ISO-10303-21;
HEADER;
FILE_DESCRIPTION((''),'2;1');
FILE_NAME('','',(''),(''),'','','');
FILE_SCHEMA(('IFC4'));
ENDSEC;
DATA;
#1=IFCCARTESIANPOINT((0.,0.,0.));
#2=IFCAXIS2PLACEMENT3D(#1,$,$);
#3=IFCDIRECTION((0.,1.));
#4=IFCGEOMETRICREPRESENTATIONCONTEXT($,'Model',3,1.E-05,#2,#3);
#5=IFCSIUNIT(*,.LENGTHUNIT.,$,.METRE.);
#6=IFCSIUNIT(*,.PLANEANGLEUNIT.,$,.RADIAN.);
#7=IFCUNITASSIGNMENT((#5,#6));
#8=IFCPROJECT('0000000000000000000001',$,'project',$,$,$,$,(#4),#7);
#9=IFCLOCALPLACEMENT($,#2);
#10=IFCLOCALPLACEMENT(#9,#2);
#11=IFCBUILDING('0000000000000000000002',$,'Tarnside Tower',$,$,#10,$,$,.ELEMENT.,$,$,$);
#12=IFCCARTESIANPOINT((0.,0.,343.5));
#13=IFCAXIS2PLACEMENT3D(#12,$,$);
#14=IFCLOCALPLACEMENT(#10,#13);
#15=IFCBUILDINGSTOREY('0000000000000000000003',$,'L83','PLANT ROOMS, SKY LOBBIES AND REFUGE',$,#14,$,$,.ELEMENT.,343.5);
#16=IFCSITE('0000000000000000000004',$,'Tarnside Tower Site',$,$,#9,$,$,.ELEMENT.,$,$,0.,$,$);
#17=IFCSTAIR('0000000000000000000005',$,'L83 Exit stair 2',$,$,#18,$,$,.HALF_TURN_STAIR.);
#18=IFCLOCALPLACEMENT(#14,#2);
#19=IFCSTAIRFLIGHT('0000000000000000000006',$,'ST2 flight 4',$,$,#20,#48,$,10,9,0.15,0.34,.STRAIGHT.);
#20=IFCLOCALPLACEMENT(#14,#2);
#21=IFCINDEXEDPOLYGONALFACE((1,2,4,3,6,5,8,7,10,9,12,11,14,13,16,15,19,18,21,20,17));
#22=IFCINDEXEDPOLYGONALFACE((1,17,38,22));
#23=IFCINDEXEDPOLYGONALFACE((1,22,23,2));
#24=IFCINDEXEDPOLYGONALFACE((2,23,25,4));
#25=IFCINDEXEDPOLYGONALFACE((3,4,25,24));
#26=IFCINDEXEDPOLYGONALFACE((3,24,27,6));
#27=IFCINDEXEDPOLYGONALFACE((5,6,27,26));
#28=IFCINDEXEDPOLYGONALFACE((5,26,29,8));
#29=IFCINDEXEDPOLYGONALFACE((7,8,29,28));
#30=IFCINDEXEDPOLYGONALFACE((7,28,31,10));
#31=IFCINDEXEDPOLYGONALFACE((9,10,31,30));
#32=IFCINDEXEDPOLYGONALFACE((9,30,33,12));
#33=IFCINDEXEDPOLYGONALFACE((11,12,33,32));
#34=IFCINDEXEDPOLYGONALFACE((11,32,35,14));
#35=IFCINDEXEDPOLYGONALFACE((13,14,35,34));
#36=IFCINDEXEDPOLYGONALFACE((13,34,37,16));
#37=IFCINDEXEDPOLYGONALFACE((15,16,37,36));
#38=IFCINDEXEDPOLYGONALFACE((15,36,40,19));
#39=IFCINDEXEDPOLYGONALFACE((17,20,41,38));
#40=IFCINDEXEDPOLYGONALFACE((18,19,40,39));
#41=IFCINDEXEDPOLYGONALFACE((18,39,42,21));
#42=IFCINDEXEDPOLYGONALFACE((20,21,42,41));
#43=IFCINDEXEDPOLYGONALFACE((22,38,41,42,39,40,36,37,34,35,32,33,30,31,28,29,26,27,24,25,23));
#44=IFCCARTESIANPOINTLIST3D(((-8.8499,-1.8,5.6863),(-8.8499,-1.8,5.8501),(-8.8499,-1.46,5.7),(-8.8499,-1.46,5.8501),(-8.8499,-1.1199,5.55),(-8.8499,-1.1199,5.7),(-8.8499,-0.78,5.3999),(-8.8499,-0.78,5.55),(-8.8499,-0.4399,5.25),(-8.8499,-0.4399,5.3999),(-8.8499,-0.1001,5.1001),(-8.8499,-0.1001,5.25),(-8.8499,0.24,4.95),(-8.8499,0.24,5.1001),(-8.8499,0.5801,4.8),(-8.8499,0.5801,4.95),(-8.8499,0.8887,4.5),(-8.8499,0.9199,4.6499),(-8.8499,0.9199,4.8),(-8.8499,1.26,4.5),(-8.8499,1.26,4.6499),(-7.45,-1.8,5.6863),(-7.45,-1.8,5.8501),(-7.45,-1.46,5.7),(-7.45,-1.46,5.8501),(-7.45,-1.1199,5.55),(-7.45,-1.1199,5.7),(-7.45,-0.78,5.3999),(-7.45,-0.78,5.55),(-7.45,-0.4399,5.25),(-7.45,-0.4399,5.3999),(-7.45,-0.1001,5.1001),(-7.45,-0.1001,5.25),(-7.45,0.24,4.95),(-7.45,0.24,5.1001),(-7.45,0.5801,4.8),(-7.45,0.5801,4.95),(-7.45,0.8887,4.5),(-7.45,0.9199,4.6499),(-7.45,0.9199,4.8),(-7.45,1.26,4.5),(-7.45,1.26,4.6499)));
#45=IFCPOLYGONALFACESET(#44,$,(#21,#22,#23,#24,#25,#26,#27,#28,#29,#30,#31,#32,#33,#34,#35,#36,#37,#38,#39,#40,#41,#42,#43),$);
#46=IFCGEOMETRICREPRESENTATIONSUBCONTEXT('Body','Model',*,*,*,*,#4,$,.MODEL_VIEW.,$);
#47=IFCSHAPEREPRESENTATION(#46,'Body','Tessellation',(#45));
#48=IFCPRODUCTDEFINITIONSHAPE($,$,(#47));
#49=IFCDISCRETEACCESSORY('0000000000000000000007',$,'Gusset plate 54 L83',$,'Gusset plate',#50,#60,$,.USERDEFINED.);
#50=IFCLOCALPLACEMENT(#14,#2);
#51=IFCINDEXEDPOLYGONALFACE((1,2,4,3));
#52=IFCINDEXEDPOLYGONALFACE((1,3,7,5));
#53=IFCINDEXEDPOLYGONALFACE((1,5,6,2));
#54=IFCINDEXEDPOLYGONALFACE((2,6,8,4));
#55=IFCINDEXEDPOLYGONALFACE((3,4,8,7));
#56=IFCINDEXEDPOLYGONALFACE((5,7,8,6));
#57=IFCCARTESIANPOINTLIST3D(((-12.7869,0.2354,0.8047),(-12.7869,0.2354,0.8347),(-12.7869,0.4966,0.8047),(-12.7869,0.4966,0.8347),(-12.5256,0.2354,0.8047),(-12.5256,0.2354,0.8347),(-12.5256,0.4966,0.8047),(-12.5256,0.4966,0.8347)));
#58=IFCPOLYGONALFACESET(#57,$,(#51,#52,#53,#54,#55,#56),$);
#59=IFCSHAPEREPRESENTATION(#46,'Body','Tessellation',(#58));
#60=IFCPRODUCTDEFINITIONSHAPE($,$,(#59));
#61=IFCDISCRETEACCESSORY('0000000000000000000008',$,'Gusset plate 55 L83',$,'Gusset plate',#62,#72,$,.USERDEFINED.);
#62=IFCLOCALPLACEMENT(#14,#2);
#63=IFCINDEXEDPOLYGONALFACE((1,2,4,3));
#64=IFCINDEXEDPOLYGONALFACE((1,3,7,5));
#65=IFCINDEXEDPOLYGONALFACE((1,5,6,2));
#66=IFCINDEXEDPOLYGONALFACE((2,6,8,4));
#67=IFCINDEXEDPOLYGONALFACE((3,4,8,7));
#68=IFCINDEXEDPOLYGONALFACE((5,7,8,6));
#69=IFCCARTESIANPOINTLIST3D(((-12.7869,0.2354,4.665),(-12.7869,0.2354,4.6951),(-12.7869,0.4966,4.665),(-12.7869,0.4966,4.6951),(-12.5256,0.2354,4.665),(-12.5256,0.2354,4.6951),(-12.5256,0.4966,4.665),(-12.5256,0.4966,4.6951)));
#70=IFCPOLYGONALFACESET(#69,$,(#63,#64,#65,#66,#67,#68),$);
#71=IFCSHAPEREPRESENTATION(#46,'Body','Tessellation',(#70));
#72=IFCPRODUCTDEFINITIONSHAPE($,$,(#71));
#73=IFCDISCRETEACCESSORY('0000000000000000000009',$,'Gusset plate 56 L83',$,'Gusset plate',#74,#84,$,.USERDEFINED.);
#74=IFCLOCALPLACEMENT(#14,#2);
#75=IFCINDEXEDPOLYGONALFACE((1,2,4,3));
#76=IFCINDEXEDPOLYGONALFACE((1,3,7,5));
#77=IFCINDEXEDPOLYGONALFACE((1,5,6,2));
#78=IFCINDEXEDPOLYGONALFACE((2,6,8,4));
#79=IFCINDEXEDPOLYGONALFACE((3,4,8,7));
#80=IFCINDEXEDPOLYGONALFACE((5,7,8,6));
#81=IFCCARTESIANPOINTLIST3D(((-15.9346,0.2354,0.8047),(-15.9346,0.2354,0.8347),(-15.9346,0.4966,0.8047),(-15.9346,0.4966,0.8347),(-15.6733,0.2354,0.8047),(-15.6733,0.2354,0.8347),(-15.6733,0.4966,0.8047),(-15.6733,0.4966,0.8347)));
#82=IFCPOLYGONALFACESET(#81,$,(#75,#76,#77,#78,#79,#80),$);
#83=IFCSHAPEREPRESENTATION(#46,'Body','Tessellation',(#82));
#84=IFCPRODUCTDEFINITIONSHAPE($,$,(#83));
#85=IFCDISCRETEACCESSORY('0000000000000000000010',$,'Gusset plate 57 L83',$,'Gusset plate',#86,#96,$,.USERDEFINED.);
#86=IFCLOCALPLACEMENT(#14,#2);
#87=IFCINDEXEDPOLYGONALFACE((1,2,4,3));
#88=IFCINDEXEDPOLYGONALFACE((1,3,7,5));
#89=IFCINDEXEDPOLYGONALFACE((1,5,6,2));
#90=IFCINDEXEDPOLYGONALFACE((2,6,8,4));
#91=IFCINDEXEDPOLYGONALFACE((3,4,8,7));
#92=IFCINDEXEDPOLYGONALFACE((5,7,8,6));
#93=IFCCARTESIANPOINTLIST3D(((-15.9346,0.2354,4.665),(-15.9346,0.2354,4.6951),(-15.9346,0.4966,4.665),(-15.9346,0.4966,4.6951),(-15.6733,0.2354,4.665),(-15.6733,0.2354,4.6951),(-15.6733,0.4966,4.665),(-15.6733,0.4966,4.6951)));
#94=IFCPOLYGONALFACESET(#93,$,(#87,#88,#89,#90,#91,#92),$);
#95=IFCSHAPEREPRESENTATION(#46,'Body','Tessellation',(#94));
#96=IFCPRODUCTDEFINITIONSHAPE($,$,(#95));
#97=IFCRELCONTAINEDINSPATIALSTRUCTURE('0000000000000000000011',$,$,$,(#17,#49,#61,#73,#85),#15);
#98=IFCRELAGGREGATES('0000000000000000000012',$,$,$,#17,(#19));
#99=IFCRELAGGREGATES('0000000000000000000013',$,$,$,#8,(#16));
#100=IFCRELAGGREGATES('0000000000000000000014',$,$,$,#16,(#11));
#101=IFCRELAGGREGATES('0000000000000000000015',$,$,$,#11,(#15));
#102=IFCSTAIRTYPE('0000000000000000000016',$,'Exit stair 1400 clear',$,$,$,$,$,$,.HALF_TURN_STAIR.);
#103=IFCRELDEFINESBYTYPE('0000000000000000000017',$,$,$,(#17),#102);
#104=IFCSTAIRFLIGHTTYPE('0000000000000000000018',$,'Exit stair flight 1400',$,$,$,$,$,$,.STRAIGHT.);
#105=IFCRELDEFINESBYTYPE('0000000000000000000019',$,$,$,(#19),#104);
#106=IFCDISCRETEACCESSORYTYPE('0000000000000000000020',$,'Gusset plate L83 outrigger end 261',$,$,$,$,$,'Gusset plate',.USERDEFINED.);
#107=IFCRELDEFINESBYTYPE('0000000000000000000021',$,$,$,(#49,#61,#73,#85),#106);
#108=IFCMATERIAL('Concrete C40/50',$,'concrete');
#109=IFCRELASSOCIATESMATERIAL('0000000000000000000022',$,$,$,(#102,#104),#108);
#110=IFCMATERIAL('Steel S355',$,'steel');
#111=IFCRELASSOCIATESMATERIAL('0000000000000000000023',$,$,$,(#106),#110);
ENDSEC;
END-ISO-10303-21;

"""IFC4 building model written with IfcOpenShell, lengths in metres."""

from ifc_helpers import new_model, si_unit, direction, frame, origin, origin_2d, place, context, subcontext, project, spatial, polyline, rectangle, outline, extrude, material, type_object, element, aggregate, save


model = new_model("IFC4")

# Units and contexts
model_context = context("Model", 3, precision=1e-05, world=origin(), true_north=direction((0.0, 1.0)))
body_context = subcontext(model_context, "Body", "Model", "MODEL_VIEW")
ifc_project = project(units=[si_unit("LENGTHUNIT", "METRE"), si_unit("PLANEANGLEUNIT", "RADIAN")], contexts=[model_context])

# Site, building, storey
site_placement = place(None, origin())
site = spatial("IfcSite", under=ifc_project, at=site_placement, Name="Tarnside Tower Site", CompositionType="ELEMENT", RefElevation=0.0)
building_placement = place(site_placement, origin())
building = spatial("IfcBuilding", under=site, at=building_placement, Name="Tarnside Tower", CompositionType="ELEMENT")
storey_placement = place(building_placement, frame((0.0, 0.0, 343.5)))
storey = spatial("IfcBuildingStorey", under=building, at=storey_placement, Name="L83", Description="PLANT ROOMS, SKY LOBBIES AND REFUGE", CompositionType="ELEMENT", Elevation=343.5)

# Shared definitions
ifc_material_1 = material(Name="Steel S355", Category="steel")

# Shared definitions
ifc_material_2 = material(Name="Concrete C40/50", Category="concrete")

# Stair, stair flight
stair_type = type_object("IfcStairType", Name="Exit stair 1400 clear", PredefinedType="HALF_TURN_STAIR", material=ifc_material_2)
stair_placement = place(storey_placement, origin())
stair = element("IfcStair", 1, at=stair_placement, inside=storey, type_object=stair_type, Name="L83 Exit stair 2", PredefinedType="HALF_TURN_STAIR")
stair_flight_type = type_object("IfcStairFlightType", Name="Exit stair flight 1400", PredefinedType="STRAIGHT", material=ifc_material_2)
stair_flight_1_placement = place(storey_placement, frame((-8.1499, 1.26, 4.5), z_axis=(0.0, 0.0, 1.0), x_axis=(0.0, -1.0, 0.0)))
stair_flight_1 = element("IfcStairFlight", 2, at=stair_flight_1_placement, type_object=stair_flight_type, Name="ST2 flight 4", NumberOfRisers=10, NumberOfTreads=9, PredefinedType="STRAIGHT", RiserHeight=0.15, TreadLength=0.34, context=body_context, shape_type="SweptSolid", body=[
    extrude(outline(polyline([(0.0, 0.0), (0.0, 0.1499), (0.3401, 0.1499), (0.3401, 0.3), (0.6799, 0.3), (0.6799, 0.45), (1.02, 0.45), (1.02, 0.6001), (1.3601, 0.6001), (1.3601, 0.75), (1.7, 0.75), (1.7, 0.8999), (2.04, 0.8999), (2.04, 1.05), (2.3799, 1.05), (2.3799, 1.2), (2.72, 1.2), (2.72, 1.3501), (3.0601, 1.3501), (3.0601, 1.5), (3.0601, 1.1863), (0.3713, 0.0), (0.0, 0.0)])), frame((0.0, 0.7, 0.0), z_axis=(0.0, -1.0, 0.0), x_axis=(1.0, 0.0, 0.0)), (0.0, 0.0, 1.0), 1.3999),
])
aggregate(stair, [stair_flight_1])

# Discrete accessories
discrete_accessory_type = type_object("IfcDiscreteAccessoryType", Name="Gusset plate L83 outrigger end 261", ElementType="Gusset plate", PredefinedType="USERDEFINED", material=ifc_material_1)
for number, where, z_axis, x_axis, name in (
    (3, (-12.6562, 0.366, 0.8047), (0.0, 0.0, 1.0), (1.0, 0.0, 0.0), "Gusset plate 54 L83"),
    (4, (-12.6562, 0.366, 4.665), (0.0, 0.0, 1.0), (1.0, 0.0, 0.0), "Gusset plate 55 L83"),
    (5, (-15.804, 0.366, 0.8047), (0.0, 0.0, 1.0), (1.0, 0.0, 0.0), "Gusset plate 56 L83"),
    (6, (-15.804, 0.366, 4.665), (0.0, 0.0, 1.0), (1.0, 0.0, 0.0), "Gusset plate 57 L83"),
):
    element("IfcDiscreteAccessory", number, at=place(storey_placement, frame(where, z_axis=z_axis, x_axis=x_axis)), inside=storey, type_object=discrete_accessory_type, Name=name, ObjectType="Gusset plate", PredefinedType="USERDEFINED", context=body_context, shape_type="SweptSolid", body=[
        extrude(rectangle(XDim=0.2612, YDim=0.2612, at=origin_2d()), origin(), (0.0, 0.0, 1.0), 0.03),
    ])

save(model, "model.ifc")
